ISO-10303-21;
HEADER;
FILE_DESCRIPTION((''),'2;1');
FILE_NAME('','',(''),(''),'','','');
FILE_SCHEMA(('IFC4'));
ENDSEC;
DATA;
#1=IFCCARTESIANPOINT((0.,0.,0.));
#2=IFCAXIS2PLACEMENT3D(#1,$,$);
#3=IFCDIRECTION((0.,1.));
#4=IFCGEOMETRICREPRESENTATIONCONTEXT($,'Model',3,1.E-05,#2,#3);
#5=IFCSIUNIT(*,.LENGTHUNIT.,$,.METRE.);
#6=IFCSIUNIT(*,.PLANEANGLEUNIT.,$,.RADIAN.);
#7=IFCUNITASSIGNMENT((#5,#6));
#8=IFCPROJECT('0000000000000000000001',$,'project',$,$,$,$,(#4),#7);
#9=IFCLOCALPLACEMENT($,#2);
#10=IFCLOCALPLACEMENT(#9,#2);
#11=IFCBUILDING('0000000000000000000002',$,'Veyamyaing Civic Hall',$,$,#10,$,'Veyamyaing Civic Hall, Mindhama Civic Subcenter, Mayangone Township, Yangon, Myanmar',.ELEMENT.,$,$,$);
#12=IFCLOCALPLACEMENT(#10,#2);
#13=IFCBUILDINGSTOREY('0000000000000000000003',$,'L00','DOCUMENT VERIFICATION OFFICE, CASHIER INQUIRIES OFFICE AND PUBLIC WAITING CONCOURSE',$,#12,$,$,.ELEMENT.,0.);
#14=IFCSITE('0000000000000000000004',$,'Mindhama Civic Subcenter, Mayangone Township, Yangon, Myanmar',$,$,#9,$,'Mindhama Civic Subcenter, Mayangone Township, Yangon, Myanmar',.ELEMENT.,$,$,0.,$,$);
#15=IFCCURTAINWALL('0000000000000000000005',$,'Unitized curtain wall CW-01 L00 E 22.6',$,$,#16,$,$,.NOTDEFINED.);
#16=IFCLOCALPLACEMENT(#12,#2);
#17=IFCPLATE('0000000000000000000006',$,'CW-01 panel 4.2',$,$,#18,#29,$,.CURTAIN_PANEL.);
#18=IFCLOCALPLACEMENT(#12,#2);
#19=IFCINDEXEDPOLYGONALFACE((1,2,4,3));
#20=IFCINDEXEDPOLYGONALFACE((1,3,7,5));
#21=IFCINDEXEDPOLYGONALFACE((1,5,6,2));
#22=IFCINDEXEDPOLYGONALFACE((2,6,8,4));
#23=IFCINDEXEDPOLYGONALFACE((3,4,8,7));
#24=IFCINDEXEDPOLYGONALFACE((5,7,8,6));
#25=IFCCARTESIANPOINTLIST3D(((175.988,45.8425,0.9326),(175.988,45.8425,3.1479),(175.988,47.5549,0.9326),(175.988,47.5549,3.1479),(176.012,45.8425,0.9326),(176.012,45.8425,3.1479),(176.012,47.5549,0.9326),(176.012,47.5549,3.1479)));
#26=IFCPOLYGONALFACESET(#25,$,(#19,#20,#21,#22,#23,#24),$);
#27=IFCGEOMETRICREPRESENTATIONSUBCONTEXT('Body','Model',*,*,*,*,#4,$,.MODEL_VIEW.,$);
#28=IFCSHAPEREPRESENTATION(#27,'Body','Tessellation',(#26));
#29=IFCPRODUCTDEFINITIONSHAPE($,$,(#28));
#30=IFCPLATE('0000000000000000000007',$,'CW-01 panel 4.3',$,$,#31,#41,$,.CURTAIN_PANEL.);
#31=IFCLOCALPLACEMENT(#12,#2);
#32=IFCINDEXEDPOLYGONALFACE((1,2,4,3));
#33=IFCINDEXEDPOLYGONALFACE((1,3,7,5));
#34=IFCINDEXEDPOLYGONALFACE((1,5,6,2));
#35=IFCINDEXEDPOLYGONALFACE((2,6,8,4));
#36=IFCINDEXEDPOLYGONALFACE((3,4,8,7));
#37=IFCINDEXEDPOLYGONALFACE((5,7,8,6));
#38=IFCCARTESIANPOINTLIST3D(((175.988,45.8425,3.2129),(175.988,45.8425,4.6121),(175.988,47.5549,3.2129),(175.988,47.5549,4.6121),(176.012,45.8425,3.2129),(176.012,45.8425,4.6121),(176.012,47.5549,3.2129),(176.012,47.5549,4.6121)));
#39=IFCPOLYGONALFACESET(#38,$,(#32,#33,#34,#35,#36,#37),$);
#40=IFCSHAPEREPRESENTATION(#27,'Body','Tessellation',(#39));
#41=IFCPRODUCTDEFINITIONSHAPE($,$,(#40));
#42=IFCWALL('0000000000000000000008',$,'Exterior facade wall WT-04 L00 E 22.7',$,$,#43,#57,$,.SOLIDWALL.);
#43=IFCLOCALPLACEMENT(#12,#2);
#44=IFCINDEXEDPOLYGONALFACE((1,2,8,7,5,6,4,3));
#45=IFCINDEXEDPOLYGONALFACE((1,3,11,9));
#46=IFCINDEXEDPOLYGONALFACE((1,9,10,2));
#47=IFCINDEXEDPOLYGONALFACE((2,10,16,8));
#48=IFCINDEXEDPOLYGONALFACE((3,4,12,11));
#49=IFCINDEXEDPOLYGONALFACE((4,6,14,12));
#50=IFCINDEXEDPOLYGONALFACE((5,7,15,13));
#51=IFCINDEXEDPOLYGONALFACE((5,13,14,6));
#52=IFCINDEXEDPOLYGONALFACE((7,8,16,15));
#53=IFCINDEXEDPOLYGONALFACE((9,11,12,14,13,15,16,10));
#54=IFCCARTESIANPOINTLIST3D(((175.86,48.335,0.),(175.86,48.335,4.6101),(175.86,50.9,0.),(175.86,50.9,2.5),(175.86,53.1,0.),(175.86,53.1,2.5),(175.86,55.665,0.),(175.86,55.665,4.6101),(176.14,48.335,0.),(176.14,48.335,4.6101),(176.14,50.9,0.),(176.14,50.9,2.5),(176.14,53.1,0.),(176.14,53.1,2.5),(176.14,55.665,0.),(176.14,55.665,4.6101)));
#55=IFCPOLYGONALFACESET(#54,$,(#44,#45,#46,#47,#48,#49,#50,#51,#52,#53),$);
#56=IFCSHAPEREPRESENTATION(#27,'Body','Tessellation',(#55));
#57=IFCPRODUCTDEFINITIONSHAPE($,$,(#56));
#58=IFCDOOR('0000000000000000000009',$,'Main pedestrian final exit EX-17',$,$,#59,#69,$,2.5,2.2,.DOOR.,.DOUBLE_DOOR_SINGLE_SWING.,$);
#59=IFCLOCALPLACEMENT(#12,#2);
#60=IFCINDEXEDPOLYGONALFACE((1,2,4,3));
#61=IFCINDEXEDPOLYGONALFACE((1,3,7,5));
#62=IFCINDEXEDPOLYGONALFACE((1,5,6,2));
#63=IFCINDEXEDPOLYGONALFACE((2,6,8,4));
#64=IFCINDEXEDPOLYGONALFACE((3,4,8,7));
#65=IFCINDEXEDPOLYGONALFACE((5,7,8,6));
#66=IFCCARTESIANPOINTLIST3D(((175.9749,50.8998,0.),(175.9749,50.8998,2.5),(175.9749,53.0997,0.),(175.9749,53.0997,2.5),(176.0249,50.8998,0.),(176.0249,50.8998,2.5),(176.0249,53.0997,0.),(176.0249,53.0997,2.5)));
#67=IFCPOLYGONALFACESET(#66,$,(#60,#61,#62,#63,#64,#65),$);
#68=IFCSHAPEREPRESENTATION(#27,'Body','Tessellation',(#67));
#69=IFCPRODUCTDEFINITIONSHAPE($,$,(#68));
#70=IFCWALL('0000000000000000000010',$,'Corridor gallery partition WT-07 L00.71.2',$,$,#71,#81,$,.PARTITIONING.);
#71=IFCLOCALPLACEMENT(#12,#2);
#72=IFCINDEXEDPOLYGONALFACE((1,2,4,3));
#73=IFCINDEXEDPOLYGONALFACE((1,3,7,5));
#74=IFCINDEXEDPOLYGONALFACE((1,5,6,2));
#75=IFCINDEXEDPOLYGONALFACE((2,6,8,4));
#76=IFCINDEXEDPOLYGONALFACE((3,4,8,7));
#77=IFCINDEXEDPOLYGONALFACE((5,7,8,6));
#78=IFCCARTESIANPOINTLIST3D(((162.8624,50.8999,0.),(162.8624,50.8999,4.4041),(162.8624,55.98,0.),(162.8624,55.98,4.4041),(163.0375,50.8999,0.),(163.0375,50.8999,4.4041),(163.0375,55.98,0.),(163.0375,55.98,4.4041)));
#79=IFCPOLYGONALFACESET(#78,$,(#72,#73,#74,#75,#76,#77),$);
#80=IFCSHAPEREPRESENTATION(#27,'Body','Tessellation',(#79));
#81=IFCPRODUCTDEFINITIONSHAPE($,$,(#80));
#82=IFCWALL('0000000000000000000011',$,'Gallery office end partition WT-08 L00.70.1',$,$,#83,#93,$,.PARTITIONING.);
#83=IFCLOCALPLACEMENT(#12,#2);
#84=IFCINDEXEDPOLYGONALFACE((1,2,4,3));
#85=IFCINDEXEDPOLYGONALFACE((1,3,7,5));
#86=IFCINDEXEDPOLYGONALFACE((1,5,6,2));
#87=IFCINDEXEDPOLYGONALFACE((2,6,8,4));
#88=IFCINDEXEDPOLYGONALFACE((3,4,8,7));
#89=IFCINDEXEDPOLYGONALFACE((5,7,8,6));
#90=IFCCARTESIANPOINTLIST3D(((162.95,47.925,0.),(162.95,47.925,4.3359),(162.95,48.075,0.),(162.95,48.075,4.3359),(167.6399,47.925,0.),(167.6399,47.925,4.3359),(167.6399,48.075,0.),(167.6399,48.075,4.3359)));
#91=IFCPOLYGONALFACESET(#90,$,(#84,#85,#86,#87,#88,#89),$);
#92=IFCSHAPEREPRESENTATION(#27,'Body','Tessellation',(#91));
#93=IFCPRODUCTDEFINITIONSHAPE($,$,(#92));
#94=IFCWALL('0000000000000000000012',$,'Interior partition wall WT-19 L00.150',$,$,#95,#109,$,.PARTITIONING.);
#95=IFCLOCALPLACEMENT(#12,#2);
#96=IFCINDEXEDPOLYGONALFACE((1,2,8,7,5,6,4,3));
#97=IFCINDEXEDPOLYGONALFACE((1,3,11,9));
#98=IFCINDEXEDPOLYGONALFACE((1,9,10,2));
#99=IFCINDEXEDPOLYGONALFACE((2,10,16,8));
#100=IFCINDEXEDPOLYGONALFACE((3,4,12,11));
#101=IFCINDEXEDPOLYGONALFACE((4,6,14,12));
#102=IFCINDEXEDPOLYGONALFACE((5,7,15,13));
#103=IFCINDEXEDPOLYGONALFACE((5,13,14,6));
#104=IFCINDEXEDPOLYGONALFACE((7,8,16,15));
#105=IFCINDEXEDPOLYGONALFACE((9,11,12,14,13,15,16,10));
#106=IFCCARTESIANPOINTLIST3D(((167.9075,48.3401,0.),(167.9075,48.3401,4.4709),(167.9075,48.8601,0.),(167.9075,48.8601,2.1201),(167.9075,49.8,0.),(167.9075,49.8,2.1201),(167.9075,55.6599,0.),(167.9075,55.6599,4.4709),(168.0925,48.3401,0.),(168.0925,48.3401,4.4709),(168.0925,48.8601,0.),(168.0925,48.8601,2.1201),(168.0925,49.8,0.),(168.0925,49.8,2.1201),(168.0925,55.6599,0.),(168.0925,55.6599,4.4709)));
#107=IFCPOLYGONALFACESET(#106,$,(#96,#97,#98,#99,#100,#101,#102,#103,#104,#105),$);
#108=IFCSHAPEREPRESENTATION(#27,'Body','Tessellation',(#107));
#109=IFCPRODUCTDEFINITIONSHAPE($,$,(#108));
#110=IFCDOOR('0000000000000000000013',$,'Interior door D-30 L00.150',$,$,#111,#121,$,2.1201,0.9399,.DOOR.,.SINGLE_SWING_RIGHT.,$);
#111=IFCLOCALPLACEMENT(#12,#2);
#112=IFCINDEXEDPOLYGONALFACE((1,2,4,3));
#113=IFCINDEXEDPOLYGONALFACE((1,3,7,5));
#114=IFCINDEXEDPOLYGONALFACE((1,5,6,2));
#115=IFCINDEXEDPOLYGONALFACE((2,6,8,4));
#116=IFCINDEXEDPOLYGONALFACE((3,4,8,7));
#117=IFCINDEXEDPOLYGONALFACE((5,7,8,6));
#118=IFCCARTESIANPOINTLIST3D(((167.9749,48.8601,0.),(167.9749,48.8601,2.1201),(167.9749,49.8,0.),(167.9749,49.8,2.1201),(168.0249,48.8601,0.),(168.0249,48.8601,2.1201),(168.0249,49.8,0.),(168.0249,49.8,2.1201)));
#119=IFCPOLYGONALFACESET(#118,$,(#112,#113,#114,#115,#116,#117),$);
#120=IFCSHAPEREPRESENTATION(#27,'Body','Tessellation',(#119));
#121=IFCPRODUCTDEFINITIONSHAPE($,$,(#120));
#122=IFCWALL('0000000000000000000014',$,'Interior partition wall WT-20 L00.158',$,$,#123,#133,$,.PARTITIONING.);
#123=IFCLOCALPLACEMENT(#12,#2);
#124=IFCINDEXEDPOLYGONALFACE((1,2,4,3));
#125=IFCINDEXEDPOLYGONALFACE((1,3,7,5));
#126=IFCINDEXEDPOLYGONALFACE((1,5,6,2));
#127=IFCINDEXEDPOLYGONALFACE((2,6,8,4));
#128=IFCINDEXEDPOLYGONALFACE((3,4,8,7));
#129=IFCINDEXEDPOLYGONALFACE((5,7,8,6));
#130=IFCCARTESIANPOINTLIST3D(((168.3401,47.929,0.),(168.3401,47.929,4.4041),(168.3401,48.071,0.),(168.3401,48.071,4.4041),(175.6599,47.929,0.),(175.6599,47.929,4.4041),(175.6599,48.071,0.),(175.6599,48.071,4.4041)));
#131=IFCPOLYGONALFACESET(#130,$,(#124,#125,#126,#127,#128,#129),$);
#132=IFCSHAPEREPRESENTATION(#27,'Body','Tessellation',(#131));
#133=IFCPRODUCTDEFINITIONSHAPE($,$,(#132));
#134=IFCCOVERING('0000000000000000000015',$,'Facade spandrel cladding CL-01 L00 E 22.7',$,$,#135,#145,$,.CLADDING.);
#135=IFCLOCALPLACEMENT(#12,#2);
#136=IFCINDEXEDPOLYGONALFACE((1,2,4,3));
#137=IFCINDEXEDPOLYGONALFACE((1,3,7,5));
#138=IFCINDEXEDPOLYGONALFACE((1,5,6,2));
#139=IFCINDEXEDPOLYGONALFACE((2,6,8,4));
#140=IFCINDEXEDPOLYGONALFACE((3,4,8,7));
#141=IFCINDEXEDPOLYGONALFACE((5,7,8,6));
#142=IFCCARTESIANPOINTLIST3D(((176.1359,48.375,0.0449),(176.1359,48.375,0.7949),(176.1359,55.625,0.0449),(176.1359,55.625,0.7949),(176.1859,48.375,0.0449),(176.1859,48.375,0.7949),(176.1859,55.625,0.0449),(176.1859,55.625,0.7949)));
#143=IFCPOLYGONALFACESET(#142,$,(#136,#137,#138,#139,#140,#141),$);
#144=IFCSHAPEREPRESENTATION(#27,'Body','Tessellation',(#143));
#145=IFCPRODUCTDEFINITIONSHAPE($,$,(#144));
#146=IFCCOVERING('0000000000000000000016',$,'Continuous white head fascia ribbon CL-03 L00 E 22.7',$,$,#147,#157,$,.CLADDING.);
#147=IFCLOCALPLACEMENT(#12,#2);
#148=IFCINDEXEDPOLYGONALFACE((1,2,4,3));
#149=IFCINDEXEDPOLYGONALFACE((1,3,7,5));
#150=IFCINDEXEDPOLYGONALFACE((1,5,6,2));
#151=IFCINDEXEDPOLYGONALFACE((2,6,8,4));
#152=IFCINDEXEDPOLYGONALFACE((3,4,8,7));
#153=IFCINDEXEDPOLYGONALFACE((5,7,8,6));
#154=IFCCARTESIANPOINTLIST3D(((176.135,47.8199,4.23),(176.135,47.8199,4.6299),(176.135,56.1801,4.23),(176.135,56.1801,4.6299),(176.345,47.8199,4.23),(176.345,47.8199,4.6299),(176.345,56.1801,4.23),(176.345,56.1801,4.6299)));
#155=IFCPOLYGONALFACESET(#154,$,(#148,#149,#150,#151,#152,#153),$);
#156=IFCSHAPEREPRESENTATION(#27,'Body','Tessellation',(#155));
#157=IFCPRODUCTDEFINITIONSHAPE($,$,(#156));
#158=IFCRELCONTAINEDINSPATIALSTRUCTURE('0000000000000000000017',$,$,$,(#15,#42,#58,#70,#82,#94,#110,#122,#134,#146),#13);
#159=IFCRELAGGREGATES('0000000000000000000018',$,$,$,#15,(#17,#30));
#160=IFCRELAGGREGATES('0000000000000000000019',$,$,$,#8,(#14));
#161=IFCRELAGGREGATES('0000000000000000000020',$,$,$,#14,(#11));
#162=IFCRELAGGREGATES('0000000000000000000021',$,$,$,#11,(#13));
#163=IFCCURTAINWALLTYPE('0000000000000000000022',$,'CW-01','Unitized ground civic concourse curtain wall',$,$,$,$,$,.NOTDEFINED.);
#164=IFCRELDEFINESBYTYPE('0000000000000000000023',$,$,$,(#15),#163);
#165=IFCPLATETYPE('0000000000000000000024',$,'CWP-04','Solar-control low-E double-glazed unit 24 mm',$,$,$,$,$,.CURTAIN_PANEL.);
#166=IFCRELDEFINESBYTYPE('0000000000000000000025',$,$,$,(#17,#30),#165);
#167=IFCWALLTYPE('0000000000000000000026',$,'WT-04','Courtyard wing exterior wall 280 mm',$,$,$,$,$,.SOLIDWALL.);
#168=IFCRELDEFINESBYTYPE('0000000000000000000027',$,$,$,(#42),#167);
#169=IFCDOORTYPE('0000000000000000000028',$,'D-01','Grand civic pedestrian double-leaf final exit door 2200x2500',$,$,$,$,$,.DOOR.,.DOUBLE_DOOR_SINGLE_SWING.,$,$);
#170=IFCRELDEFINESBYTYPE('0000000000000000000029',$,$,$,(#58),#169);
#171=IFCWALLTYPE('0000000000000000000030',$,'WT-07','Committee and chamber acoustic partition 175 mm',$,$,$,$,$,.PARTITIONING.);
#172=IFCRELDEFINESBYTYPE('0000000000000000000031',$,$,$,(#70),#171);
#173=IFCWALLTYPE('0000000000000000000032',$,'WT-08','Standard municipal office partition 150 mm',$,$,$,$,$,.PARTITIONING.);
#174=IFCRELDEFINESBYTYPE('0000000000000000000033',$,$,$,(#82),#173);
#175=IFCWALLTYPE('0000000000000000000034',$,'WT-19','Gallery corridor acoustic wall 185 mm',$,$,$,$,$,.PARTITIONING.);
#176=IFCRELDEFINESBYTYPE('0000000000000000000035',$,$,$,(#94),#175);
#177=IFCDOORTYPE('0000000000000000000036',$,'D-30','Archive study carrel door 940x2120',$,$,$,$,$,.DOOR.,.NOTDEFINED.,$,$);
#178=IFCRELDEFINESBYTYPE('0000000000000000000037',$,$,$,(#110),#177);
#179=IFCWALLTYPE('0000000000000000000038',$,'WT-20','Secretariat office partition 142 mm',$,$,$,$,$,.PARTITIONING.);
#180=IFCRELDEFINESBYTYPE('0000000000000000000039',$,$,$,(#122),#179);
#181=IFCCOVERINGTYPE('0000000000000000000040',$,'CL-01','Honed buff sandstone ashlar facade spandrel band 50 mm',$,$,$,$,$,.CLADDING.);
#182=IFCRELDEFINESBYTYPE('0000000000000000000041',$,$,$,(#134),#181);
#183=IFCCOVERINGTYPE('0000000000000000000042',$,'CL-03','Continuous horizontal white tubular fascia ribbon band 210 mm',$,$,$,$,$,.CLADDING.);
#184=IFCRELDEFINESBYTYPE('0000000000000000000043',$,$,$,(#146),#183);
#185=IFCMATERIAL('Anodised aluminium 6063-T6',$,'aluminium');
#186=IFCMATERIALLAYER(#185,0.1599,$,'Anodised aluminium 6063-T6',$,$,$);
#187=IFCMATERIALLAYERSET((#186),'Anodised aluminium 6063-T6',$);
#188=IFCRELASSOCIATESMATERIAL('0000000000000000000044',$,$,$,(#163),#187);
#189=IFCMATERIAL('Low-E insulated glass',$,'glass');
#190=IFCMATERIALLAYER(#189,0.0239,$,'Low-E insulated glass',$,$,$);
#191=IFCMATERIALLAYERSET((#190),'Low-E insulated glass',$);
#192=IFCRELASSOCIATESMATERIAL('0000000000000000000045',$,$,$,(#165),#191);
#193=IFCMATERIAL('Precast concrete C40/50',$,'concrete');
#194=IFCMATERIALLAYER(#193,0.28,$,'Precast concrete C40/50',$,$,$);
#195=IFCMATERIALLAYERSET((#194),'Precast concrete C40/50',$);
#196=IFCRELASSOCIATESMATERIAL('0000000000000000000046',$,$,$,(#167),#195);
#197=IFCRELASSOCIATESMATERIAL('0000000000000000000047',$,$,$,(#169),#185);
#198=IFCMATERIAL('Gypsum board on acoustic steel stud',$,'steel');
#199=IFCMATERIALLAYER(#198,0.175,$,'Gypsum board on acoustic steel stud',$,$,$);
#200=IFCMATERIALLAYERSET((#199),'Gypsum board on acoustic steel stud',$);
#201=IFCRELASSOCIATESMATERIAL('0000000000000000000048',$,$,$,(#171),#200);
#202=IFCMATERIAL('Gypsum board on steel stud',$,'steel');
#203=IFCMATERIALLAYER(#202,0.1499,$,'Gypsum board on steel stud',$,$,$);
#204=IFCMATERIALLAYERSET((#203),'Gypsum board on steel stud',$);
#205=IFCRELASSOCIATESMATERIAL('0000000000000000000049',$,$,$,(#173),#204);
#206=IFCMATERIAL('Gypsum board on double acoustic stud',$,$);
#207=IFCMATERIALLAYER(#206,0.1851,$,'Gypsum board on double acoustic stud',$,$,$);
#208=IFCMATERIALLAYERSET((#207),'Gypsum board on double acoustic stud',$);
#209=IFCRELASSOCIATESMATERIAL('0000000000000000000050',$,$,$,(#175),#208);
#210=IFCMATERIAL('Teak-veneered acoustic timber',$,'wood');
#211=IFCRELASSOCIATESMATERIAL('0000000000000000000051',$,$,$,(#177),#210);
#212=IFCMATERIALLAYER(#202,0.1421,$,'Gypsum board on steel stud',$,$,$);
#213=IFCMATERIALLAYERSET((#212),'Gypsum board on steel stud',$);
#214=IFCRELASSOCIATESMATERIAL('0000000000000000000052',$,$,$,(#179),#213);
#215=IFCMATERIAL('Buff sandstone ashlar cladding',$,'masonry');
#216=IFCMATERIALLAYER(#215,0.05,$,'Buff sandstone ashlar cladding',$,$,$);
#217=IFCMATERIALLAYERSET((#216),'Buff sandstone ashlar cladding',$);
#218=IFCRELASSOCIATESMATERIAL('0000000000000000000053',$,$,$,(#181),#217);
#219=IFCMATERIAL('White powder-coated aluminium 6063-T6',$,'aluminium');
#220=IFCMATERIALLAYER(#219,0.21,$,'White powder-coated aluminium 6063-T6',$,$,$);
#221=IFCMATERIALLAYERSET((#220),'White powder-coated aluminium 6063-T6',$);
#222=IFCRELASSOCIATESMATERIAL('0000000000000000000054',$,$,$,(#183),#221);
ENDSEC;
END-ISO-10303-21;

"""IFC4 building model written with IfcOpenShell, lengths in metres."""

from ifc_helpers import new_model, si_unit, direction, frame, frame_2d, origin, origin_2d, place, context, subcontext, project, spatial, rectangle, extrude, material, layer, layer_set, type_object, element, fill, aggregate, save


model = new_model("IFC4")

# Units and contexts
model_context = context("Model", 3, precision=1e-05, world=origin(), true_north=direction((0.0, 1.0)))
body_context = subcontext(model_context, "Body", "Model", "MODEL_VIEW")
ifc_project = project(units=[si_unit("LENGTHUNIT", "METRE"), si_unit("PLANEANGLEUNIT", "RADIAN")], contexts=[model_context])

# Site, building, storey
site_placement = place(None, origin())
site = spatial("IfcSite", under=ifc_project, at=site_placement, Name="Mindhama Civic Subcenter, Mayangone Township, Yangon, Myanmar", LongName="Mindhama Civic Subcenter, Mayangone Township, Yangon, Myanmar", CompositionType="ELEMENT", RefElevation=0.0)
building_placement = place(site_placement, origin())
building = spatial("IfcBuilding", under=site, at=building_placement, Name="Veyamyaing Civic Hall", LongName="Veyamyaing Civic Hall, Mindhama Civic Subcenter, Mayangone Township, Yangon, Myanmar", CompositionType="ELEMENT")
storey_placement = place(building_placement, origin())
storey = spatial("IfcBuildingStorey", under=building, at=storey_placement, Name="L00", Description="DOCUMENT VERIFICATION OFFICE, CASHIER INQUIRIES OFFICE AND PUBLIC WAITING CONCOURSE", CompositionType="ELEMENT", Elevation=0.0)

# Curtain wall
ifc_material_1 = material(Name="Anodised aluminium 6063-T6", Category="aluminium")
ifc_layer_1 = layer(ifc_material_1, 0.1599, Name="Anodised aluminium 6063-T6")
ifc_layer_set_1 = layer_set([ifc_layer_1], Name="Anodised aluminium 6063-T6")
curtain_wall_type = type_object("IfcCurtainWallType", Name="CW-01", Description="Unitized ground civic concourse curtain wall", PredefinedType="NOTDEFINED", material=ifc_layer_set_1)
curtain_wall_placement = place(storey_placement, origin())
curtain_wall = element("IfcCurtainWall", 1, at=curtain_wall_placement, inside=storey, type_object=curtain_wall_type, Name="Unitized curtain wall CW-01 L00 E 22.6", PredefinedType="NOTDEFINED")

# Plates
ifc_material_2 = material(Name="Low-E insulated glass", Category="glass")
ifc_layer_2 = layer(ifc_material_2, 0.0239, Name="Low-E insulated glass")
ifc_layer_set_2 = layer_set([ifc_layer_2], Name="Low-E insulated glass")
plate_type = type_object("IfcPlateType", Name="CWP-04", Description="Solar-control low-E double-glazed unit 24 mm", PredefinedType="CURTAIN_PANEL", material=ifc_layer_set_2)
plate_1_placement = place(storey_placement, frame((176.0, 46.6987, 0.9326), z_axis=(0.0, 0.0, 1.0), x_axis=(0.0, 1.0, 0.0)))
plate_1 = element("IfcPlate", 2, at=plate_1_placement, type_object=plate_type, Name="CW-01 panel 4.2", PredefinedType="CURTAIN_PANEL", context=body_context, shape_type="SweptSolid", body=[
    extrude(rectangle(XDim=1.7124, YDim=0.0239, at=origin_2d()), origin(), (0.0, 0.0, 1.0), 2.2153),
])
plate_2_placement = place(storey_placement, frame((176.0, 46.6987, 3.2129), z_axis=(0.0, 0.0, 1.0), x_axis=(0.0, 1.0, 0.0)))
plate_2 = element("IfcPlate", 3, at=plate_2_placement, type_object=plate_type, Name="CW-01 panel 4.3", PredefinedType="CURTAIN_PANEL", context=body_context, shape_type="SweptSolid", body=[
    extrude(rectangle(XDim=1.7124, YDim=0.0239, at=origin_2d()), origin(), (0.0, 0.0, 1.0), 1.3992),
])
aggregate(curtain_wall, [plate_1, plate_2])

# Wall, opening, door
ifc_material_3 = material(Name="Precast concrete C40/50", Category="concrete")
ifc_layer_3 = layer(ifc_material_3, 0.28, Name="Precast concrete C40/50")
ifc_layer_set_3 = layer_set([ifc_layer_3], Name="Precast concrete C40/50")
wall_type_1 = type_object("IfcWallType", Name="WT-04", Description="Courtyard wing exterior wall 280 mm", PredefinedType="SOLIDWALL", material=ifc_layer_set_3)
wall_1_placement = place(storey_placement, frame((176.0, 48.335, 0.0), z_axis=(0.0, 0.0, 1.0), x_axis=(0.0, 1.0, 0.0)))
wall_1 = element("IfcWall", 4, at=wall_1_placement, inside=storey, type_object=wall_type_1, Name="Exterior facade wall WT-04 L00 E 22.7", PredefinedType="SOLIDWALL", context=body_context, shape_type="SweptSolid", body=[
    extrude(rectangle(XDim=7.3301, YDim=0.28, at=frame_2d((3.665, 0.0))), origin(), (0.0, 0.0, 1.0), 4.6101),
])
opening_1_placement = place(wall_1_placement, frame((2.5649, 0.0, 0.0)))
opening_1 = element("IfcOpeningElement", 5, at=opening_1_placement, cuts=wall_1, PredefinedType="OPENING", context=body_context, shape_type="SweptSolid", body=[
    extrude(rectangle(XDim=2.2, YDim=2.5, at=frame_2d((1.1001, 1.25))), frame((0.0, 0.1499, 0.0), z_axis=(0.0, -1.0, 0.0), x_axis=(1.0, 0.0, 0.0)), (0.0, 0.0, 1.0), 0.3),
])
door_type_1 = type_object("IfcDoorType", Name="D-01", Description="Grand civic pedestrian double-leaf final exit door 2200x2500", OperationType="DOUBLE_DOOR_SINGLE_SWING", PredefinedType="DOOR", material=ifc_material_1)
door_1_placement = place(opening_1_placement, frame((2.2, 0.0, 0.0), z_axis=(0.0, 0.0, 1.0), x_axis=(-1.0, 0.0, 0.0)))
door_1 = element("IfcDoor", 6, at=door_1_placement, inside=storey, type_object=door_type_1, Name="Main pedestrian final exit EX-17", OperationType="DOUBLE_DOOR_SINGLE_SWING", OverallHeight=2.5, OverallWidth=2.2, PredefinedType="DOOR", context=body_context, shape_type="SweptSolid", body=[
    extrude(rectangle(XDim=2.2, YDim=2.5, at=frame_2d((1.1001, 1.25))), frame((0.0, 0.0249, 0.0), z_axis=(0.0, -1.0, 0.0), x_axis=(1.0, 0.0, 0.0)), (0.0, 0.0, 1.0), 0.05),
])
fill(opening_1, door_1)

# Walls
ifc_material_4 = material(Name="Gypsum board on acoustic steel stud", Category="steel")
ifc_layer_4 = layer(ifc_material_4, 0.175, Name="Gypsum board on acoustic steel stud")
ifc_layer_set_4 = layer_set([ifc_layer_4], Name="Gypsum board on acoustic steel stud")
wall_type_2 = type_object("IfcWallType", Name="WT-07", Description="Committee and chamber acoustic partition 175 mm", PredefinedType="PARTITIONING", material=ifc_layer_set_4)
wall_2_placement = place(storey_placement, frame((162.95, 50.8999, 0.0), z_axis=(0.0, 0.0, 1.0), x_axis=(0.0, 1.0, 0.0)))
element("IfcWall", 7, at=wall_2_placement, inside=storey, type_object=wall_type_2, Name="Corridor gallery partition WT-07 L00.71.2", PredefinedType="PARTITIONING", context=body_context, shape_type="SweptSolid", body=[
    extrude(rectangle(XDim=5.0801, YDim=0.175, at=frame_2d((2.54, 0.0))), origin(), (0.0, 0.0, 1.0), 4.4041),
])
ifc_material_5 = material(Name="Gypsum board on steel stud", Category="steel")
ifc_layer_5 = layer(ifc_material_5, 0.1499, Name="Gypsum board on steel stud")
ifc_layer_set_5 = layer_set([ifc_layer_5], Name="Gypsum board on steel stud")
wall_type_3 = type_object("IfcWallType", Name="WT-08", Description="Standard municipal office partition 150 mm", PredefinedType="PARTITIONING", material=ifc_layer_set_5)
wall_3_placement = place(storey_placement, frame((162.95, 48.0, 0.0), z_axis=(0.0, 0.0, 1.0), x_axis=(1.0, 0.0, 0.0)))
element("IfcWall", 8, at=wall_3_placement, inside=storey, type_object=wall_type_3, Name="Gallery office end partition WT-08 L00.70.1", PredefinedType="PARTITIONING", context=body_context, shape_type="SweptSolid", body=[
    extrude(rectangle(XDim=4.6899, YDim=0.1499, at=frame_2d((2.345, 0.0))), origin(), (0.0, 0.0, 1.0), 4.3359),
])

# Wall, opening, door
ifc_material_6 = material(Name="Gypsum board on double acoustic stud")
ifc_layer_6 = layer(ifc_material_6, 0.1851, Name="Gypsum board on double acoustic stud")
ifc_layer_set_6 = layer_set([ifc_layer_6], Name="Gypsum board on double acoustic stud")
wall_type_4 = type_object("IfcWallType", Name="WT-19", Description="Gallery corridor acoustic wall 185 mm", PredefinedType="PARTITIONING", material=ifc_layer_set_6)
wall_4_placement = place(storey_placement, frame((168.0, 48.3401, 0.0), z_axis=(0.0, 0.0, 1.0), x_axis=(0.0, 1.0, 0.0)))
wall_4 = element("IfcWall", 9, at=wall_4_placement, inside=storey, type_object=wall_type_4, Name="Interior partition wall WT-19 L00.150", PredefinedType="PARTITIONING", context=body_context, shape_type="SweptSolid", body=[
    extrude(rectangle(XDim=7.3198, YDim=0.1851, at=frame_2d((3.6599, 0.0))), origin(), (0.0, 0.0, 1.0), 4.4709),
])
opening_2_placement = place(wall_4_placement, frame((0.52, 0.0, 0.0)))
opening_2 = element("IfcOpeningElement", 10, at=opening_2_placement, cuts=wall_4, PredefinedType="OPENING", context=body_context, shape_type="SweptSolid", body=[
    extrude(rectangle(XDim=0.9399, YDim=2.1201, at=frame_2d((0.47, 1.0601))), frame((0.0, 0.1025, 0.0), z_axis=(0.0, -1.0, 0.0), x_axis=(1.0, 0.0, 0.0)), (0.0, 0.0, 1.0), 0.2051),
])
ifc_material_7 = material(Name="Teak-veneered acoustic timber", Category="wood")
door_type_2 = type_object("IfcDoorType", Name="D-30", Description="Archive study carrel door 940x2120", OperationType="NOTDEFINED", PredefinedType="DOOR", material=ifc_material_7)
door_2_placement = place(opening_2_placement, frame((0.9399, 0.0, 0.0), z_axis=(0.0, 0.0, 1.0), x_axis=(-1.0, 0.0, 0.0)))
door_2 = element("IfcDoor", 11, at=door_2_placement, inside=storey, type_object=door_type_2, Name="Interior door D-30 L00.150", OperationType="SINGLE_SWING_RIGHT", OverallHeight=2.1201, OverallWidth=0.9399, PredefinedType="DOOR", context=body_context, shape_type="SweptSolid", body=[
    extrude(rectangle(XDim=0.9399, YDim=2.1201, at=frame_2d((0.47, 1.0601))), frame((0.0, 0.0249, 0.0), z_axis=(0.0, -1.0, 0.0), x_axis=(1.0, 0.0, 0.0)), (0.0, 0.0, 1.0), 0.05),
])
fill(opening_2, door_2)

# Wall
ifc_layer_7 = layer(ifc_material_5, 0.1421, Name="Gypsum board on steel stud")
ifc_layer_set_7 = layer_set([ifc_layer_7], Name="Gypsum board on steel stud")
wall_type_5 = type_object("IfcWallType", Name="WT-20", Description="Secretariat office partition 142 mm", PredefinedType="PARTITIONING", material=ifc_layer_set_7)
wall_5_placement = place(storey_placement, frame((168.3401, 48.0, 0.0), z_axis=(0.0, 0.0, 1.0), x_axis=(1.0, 0.0, 0.0)))
element("IfcWall", 12, at=wall_5_placement, inside=storey, type_object=wall_type_5, Name="Interior partition wall WT-20 L00.158", PredefinedType="PARTITIONING", context=body_context, shape_type="SweptSolid", body=[
    extrude(rectangle(XDim=7.3198, YDim=0.1421, at=frame_2d((3.6599, 0.0))), origin(), (0.0, 0.0, 1.0), 4.4041),
])

# Coverings
ifc_material_8 = material(Name="Buff sandstone ashlar cladding", Category="masonry")
ifc_layer_8 = layer(ifc_material_8, 0.05, Name="Buff sandstone ashlar cladding")
ifc_layer_set_8 = layer_set([ifc_layer_8], Name="Buff sandstone ashlar cladding")
covering_type_1 = type_object("IfcCoveringType", Name="CL-01", Description="Honed buff sandstone ashlar facade spandrel band 50 mm", PredefinedType="CLADDING", material=ifc_layer_set_8)
covering_1_placement = place(storey_placement, frame((176.1609, 52.0, 0.0449), z_axis=(0.0, 0.0, 1.0), x_axis=(0.0, 1.0, 0.0)))
element("IfcCovering", 13, at=covering_1_placement, inside=storey, type_object=covering_type_1, Name="Facade spandrel cladding CL-01 L00 E 22.7", PredefinedType="CLADDING", context=body_context, shape_type="SweptSolid", body=[
    extrude(rectangle(XDim=7.25, YDim=0.05, at=origin_2d()), origin(), (0.0, 0.0, 1.0), 0.75),
])
ifc_material_9 = material(Name="White powder-coated aluminium 6063-T6", Category="aluminium")
ifc_layer_9 = layer(ifc_material_9, 0.21, Name="White powder-coated aluminium 6063-T6")
ifc_layer_set_9 = layer_set([ifc_layer_9], Name="White powder-coated aluminium 6063-T6")
covering_type_2 = type_object("IfcCoveringType", Name="CL-03", Description="Continuous horizontal white tubular fascia ribbon band 210 mm", PredefinedType="CLADDING", material=ifc_layer_set_9)
covering_2_placement = place(storey_placement, frame((176.24, 52.0, 4.23), z_axis=(0.0, 0.0, 1.0), x_axis=(0.0, 1.0, 0.0)))
element("IfcCovering", 14, at=covering_2_placement, inside=storey, type_object=covering_type_2, Name="Continuous white head fascia ribbon CL-03 L00 E 22.7", PredefinedType="CLADDING", context=body_context, shape_type="SweptSolid", body=[
    extrude(rectangle(XDim=8.3601, YDim=0.21, at=origin_2d()), origin(), (0.0, 0.0, 1.0), 0.3999),
])

save(model, "model.ifc")
